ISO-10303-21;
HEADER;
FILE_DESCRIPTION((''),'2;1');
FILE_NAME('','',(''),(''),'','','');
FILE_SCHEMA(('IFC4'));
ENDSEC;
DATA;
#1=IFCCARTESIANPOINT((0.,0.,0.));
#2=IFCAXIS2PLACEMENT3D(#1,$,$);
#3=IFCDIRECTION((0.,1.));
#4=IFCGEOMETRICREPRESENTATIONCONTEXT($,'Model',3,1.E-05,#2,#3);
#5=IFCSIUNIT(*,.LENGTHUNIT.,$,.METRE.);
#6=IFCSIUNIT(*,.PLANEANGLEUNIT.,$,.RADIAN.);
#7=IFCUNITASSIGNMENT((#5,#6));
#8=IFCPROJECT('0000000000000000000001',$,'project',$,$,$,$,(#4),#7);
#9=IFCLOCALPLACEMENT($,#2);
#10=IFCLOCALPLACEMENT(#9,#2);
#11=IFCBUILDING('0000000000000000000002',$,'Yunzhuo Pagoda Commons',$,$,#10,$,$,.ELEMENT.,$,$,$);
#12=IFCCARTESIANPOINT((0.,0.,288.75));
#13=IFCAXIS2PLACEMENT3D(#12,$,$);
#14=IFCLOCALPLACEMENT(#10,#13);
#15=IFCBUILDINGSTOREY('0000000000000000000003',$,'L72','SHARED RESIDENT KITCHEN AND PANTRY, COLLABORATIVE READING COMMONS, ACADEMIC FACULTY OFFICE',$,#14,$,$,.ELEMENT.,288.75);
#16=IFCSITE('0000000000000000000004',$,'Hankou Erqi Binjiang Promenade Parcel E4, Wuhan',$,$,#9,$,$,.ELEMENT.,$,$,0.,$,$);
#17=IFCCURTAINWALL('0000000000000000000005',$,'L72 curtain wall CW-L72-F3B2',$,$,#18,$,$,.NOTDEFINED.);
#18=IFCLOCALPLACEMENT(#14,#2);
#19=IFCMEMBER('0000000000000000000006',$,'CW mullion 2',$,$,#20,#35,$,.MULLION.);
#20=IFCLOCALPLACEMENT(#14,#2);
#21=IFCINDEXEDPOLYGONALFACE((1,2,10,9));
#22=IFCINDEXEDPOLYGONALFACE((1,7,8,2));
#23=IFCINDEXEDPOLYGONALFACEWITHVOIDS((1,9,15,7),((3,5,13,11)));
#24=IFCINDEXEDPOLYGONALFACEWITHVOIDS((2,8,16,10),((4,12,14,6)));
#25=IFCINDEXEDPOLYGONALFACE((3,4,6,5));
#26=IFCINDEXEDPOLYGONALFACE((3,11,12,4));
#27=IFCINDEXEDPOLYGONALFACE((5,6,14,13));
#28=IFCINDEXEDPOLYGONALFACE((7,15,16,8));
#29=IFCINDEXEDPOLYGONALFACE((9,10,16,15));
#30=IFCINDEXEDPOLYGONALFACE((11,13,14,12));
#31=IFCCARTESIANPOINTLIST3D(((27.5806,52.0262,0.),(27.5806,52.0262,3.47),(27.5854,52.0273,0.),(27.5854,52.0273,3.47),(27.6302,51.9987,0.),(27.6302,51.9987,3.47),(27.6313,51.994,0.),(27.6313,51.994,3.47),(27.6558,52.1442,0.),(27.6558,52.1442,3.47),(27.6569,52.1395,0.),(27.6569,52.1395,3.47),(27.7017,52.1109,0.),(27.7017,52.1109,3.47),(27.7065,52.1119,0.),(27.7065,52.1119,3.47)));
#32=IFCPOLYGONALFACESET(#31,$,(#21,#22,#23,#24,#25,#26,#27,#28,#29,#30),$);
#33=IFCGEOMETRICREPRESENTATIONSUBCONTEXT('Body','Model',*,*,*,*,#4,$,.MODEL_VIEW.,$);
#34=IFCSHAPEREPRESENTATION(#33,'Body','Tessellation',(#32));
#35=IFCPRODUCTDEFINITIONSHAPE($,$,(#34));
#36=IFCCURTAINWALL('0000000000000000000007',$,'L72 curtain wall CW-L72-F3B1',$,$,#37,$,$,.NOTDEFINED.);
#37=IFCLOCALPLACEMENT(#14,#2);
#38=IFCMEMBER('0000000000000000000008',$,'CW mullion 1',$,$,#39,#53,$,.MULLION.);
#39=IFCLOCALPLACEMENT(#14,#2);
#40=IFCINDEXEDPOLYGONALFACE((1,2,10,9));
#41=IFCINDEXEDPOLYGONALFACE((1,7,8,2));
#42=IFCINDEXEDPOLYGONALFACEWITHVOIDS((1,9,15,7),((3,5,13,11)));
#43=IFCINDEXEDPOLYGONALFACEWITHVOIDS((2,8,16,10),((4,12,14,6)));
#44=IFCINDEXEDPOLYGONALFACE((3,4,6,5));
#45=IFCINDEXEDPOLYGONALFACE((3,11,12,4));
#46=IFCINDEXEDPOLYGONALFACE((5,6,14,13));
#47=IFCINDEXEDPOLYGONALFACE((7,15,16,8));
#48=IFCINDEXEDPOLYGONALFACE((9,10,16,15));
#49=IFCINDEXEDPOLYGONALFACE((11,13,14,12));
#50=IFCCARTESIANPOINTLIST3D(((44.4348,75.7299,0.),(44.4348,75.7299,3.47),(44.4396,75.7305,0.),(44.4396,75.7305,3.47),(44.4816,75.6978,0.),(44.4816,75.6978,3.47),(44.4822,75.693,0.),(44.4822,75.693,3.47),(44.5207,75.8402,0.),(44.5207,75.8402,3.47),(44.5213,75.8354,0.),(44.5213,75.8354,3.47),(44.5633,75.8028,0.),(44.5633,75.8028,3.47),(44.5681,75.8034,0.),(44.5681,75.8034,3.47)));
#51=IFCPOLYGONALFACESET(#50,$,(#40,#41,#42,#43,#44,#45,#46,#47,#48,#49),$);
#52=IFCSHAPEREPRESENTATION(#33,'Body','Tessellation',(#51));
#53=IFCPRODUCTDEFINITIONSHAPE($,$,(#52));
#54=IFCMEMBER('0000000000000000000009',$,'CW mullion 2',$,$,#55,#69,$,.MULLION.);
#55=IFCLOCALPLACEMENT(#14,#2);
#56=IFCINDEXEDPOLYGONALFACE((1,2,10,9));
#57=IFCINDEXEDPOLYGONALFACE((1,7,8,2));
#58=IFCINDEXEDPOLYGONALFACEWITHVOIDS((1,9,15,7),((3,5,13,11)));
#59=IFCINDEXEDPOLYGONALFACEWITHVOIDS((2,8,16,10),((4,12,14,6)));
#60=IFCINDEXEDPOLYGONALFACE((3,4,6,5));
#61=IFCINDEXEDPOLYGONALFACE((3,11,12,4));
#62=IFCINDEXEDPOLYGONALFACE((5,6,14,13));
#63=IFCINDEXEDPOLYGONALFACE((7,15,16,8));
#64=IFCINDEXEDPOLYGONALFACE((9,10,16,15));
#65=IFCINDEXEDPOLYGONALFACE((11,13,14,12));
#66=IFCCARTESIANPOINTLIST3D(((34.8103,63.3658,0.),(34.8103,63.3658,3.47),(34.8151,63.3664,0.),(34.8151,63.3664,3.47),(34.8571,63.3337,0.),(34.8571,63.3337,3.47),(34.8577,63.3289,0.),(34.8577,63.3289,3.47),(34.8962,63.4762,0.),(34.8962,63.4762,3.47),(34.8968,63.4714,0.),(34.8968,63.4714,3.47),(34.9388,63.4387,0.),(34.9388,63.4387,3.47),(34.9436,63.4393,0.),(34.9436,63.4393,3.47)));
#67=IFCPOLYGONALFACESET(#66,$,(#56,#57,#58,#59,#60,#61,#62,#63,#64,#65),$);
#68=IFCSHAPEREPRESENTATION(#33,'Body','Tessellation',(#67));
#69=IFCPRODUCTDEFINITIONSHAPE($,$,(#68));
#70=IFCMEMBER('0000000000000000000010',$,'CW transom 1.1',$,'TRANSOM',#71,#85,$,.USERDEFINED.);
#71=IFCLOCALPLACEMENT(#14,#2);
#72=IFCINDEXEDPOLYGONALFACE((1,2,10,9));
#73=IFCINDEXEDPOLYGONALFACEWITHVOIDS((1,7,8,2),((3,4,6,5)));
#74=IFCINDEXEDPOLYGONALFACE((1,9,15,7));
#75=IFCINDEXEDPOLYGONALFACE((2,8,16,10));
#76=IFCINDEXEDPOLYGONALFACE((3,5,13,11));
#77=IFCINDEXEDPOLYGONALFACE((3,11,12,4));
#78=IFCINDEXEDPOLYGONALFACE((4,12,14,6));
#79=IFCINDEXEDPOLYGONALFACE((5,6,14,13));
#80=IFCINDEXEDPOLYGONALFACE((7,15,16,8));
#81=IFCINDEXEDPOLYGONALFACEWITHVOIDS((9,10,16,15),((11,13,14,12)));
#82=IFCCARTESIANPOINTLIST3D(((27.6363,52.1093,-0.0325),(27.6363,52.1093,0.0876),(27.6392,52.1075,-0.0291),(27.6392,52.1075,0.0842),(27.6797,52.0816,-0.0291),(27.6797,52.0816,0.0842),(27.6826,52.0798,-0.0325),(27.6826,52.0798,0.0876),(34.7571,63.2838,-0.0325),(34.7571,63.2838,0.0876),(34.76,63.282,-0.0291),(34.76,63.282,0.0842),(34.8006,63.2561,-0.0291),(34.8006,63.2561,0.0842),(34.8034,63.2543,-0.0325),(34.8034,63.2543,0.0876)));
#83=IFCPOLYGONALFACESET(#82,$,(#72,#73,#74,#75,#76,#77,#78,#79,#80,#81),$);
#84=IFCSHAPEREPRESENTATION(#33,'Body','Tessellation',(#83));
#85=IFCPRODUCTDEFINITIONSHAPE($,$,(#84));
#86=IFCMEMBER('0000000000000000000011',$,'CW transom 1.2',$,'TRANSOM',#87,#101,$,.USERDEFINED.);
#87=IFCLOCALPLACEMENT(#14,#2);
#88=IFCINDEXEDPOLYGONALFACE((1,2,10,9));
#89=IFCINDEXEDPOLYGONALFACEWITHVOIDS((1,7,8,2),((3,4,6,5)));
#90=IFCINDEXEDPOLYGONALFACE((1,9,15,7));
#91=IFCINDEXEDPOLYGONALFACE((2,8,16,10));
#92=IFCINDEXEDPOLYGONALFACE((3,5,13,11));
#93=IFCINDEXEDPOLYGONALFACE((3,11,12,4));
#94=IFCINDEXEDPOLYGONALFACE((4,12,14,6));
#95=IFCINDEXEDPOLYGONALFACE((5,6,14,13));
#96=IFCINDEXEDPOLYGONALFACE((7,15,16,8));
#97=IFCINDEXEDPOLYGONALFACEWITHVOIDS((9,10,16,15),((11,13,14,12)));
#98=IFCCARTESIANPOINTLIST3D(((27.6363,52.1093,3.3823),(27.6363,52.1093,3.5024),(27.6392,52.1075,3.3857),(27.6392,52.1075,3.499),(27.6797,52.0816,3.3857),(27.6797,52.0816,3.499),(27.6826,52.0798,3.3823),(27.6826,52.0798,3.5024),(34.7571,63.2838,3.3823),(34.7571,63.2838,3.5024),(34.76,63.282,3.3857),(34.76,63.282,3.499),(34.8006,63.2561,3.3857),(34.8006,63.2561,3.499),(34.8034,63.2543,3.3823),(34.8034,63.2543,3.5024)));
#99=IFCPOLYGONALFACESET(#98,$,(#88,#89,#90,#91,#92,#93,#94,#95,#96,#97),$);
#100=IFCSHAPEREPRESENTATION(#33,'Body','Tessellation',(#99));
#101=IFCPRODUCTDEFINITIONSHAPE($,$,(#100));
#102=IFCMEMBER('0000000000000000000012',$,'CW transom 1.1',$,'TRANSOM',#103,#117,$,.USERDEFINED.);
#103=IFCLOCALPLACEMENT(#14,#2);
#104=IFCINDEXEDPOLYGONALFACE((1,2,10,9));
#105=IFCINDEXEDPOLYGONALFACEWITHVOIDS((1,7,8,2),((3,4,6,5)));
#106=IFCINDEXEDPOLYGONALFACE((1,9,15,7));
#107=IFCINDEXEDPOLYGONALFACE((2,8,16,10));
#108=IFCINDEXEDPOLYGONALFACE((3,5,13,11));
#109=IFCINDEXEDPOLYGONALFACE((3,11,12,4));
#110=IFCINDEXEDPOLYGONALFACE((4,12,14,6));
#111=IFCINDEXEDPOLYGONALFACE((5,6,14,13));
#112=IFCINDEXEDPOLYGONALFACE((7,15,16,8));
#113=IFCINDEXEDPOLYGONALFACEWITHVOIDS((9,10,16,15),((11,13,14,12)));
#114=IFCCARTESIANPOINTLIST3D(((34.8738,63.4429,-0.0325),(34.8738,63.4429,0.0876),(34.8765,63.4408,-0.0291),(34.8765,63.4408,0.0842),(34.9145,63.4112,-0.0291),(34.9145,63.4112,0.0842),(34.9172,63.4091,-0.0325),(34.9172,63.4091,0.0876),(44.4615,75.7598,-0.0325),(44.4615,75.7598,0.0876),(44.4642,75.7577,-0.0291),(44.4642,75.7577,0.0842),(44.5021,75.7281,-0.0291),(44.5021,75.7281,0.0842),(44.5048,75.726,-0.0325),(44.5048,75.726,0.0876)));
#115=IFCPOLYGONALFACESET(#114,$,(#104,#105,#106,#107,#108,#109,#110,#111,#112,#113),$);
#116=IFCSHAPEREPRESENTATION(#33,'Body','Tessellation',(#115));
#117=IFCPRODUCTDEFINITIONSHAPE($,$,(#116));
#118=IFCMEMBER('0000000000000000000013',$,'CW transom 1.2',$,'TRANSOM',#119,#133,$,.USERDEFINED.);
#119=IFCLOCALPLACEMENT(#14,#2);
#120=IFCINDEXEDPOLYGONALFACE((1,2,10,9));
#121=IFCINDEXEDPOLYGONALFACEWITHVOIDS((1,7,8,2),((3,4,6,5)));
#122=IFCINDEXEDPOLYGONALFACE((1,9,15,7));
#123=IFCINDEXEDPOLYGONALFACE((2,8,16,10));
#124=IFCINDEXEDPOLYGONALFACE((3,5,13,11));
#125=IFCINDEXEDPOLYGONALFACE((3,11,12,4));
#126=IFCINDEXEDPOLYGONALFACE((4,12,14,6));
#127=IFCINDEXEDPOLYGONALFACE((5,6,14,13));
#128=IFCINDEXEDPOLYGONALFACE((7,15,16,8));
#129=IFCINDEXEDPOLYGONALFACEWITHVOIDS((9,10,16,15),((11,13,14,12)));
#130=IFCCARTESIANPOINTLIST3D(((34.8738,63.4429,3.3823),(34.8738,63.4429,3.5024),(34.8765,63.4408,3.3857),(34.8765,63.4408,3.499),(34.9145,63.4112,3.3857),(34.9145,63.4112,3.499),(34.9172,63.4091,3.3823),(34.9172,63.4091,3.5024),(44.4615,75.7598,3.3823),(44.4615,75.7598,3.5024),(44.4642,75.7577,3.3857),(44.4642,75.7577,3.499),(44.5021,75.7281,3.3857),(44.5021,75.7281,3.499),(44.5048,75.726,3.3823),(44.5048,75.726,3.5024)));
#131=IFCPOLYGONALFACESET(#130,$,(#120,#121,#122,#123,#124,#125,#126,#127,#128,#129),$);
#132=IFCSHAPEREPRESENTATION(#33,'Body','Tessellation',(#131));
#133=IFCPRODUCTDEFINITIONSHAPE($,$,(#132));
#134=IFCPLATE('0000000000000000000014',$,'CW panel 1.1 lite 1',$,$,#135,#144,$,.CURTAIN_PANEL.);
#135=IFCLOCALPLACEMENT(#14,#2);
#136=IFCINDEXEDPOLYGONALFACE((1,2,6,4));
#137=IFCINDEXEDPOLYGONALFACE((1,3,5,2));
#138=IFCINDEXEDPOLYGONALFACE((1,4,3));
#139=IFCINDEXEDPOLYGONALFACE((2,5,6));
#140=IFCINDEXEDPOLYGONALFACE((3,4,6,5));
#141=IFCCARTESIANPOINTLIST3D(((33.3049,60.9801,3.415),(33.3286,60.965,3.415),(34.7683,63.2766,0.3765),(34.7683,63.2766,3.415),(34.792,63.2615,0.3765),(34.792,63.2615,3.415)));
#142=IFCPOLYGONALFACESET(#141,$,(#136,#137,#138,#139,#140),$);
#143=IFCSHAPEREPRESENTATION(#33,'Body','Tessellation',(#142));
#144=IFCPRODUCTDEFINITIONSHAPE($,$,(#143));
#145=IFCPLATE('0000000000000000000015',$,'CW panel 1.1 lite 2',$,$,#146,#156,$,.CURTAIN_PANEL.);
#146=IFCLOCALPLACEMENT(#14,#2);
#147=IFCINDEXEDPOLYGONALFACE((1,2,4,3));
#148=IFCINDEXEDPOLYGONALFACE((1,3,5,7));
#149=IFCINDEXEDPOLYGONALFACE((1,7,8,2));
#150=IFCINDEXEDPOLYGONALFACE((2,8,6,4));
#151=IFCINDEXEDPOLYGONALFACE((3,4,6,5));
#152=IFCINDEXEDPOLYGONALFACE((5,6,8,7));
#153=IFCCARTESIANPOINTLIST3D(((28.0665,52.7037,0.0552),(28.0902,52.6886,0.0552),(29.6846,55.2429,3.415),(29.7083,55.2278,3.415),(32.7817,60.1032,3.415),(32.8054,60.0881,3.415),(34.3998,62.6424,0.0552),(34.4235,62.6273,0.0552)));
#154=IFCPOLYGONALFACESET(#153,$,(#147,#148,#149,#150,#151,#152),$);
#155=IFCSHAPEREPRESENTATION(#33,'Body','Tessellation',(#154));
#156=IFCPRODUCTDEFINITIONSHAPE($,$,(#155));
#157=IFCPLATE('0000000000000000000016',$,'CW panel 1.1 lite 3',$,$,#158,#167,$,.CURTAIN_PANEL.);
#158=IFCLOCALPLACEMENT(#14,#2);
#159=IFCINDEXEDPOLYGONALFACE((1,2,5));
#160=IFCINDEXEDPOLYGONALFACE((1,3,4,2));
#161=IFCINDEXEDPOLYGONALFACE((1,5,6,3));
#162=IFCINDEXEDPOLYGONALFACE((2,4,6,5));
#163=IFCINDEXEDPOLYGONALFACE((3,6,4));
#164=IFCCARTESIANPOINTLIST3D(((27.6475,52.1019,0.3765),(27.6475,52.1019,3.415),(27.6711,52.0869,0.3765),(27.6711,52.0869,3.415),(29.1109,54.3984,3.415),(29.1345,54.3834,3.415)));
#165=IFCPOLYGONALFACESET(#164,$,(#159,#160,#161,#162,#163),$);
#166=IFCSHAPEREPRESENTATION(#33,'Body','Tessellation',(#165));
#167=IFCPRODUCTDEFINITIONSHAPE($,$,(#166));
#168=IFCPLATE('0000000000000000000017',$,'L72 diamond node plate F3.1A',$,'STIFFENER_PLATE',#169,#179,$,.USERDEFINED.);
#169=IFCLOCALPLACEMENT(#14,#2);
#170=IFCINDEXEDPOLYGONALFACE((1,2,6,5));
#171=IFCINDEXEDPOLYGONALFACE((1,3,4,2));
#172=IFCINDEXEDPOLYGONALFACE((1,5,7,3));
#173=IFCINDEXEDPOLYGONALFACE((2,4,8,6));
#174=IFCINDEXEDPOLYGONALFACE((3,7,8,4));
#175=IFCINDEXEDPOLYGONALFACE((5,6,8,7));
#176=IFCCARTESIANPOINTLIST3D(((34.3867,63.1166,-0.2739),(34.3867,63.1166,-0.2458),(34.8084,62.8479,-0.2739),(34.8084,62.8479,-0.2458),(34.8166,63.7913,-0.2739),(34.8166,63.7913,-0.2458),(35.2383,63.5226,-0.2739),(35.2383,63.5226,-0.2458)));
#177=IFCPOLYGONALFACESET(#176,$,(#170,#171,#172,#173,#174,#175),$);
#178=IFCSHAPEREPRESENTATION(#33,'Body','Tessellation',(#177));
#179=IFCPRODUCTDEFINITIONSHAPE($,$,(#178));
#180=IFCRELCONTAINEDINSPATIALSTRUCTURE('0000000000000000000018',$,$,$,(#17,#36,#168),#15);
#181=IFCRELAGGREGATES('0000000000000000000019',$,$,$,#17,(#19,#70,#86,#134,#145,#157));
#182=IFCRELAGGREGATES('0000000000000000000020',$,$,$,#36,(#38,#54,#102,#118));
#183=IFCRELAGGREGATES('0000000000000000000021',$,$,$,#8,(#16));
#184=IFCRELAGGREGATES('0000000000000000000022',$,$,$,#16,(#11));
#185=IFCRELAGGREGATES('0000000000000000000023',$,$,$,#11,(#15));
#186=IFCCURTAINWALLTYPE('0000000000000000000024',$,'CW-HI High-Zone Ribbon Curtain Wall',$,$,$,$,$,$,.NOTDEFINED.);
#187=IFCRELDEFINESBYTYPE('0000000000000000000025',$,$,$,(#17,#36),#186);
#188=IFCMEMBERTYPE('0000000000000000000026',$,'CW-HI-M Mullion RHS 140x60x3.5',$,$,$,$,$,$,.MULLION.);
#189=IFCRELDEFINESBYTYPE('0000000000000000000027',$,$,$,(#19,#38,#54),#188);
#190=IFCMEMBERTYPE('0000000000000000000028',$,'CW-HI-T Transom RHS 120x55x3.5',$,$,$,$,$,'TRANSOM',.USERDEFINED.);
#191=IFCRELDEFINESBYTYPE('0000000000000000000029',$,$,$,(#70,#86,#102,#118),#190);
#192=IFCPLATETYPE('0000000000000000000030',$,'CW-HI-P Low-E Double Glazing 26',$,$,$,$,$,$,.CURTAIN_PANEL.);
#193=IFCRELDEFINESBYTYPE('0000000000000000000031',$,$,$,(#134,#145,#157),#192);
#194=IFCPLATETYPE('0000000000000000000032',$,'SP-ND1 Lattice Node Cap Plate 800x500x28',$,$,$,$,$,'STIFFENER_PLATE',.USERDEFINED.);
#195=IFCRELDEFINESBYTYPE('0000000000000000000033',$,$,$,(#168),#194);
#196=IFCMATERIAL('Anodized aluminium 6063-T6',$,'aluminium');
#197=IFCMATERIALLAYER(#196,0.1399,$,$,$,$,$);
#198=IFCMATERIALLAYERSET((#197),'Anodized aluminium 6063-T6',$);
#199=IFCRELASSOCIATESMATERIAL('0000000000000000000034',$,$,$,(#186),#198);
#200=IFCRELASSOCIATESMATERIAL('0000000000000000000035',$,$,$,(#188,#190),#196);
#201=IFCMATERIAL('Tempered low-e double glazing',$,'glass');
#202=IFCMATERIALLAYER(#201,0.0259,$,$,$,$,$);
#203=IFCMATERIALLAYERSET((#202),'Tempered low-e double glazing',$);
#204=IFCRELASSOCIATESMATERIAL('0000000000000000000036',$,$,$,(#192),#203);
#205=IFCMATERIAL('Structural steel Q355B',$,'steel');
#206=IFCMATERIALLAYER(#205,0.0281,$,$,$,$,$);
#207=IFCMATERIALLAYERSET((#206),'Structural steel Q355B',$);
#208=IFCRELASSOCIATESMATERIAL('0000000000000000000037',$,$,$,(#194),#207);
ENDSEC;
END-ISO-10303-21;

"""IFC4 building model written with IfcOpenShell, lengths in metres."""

from ifc_helpers import new_model, si_unit, direction, frame, origin, origin_2d, place, context, subcontext, project, spatial, polyline, rectangle, hollow_rectangle, outline, extrude, source, transform, mapped, material, layer, layer_set, material_profile, profile_set, type_object, element, aggregate, save


model = new_model("IFC4")

# Units and contexts
model_context = context("Model", 3, precision=1e-05, world=origin(), true_north=direction((0.0, 1.0)))
body_context = subcontext(model_context, "Body", "Model", "MODEL_VIEW")
ifc_project = project(units=[si_unit("LENGTHUNIT", "METRE"), si_unit("PLANEANGLEUNIT", "RADIAN")], contexts=[model_context])

# Site, building, storey
site_placement = place(None, origin())
site = spatial("IfcSite", under=ifc_project, at=site_placement, Name="Hankou Erqi Binjiang Promenade Parcel E4, Wuhan", CompositionType="ELEMENT", RefElevation=0.0)
building_placement = place(site_placement, origin())
building = spatial("IfcBuilding", under=site, at=building_placement, Name="Yunzhuo Pagoda Commons", CompositionType="ELEMENT")
storey_placement = place(building_placement, frame((0.0, 0.0, 288.75)))
storey = spatial("IfcBuildingStorey", under=building, at=storey_placement, Name="L72", Description="SHARED RESIDENT KITCHEN AND PANTRY, COLLABORATIVE READING COMMONS, ACADEMIC FACULTY OFFICE", CompositionType="ELEMENT", Elevation=288.75)

# Shared definitions
ifc_material_1 = material(Name="Structural steel Q355B", Category="steel")

# Curtain walls, members
ifc_material_2 = material(Name="Anodized aluminium 6063-T6", Category="aluminium")
ifc_layer_1 = layer(ifc_material_2, 0.1399)
ifc_layer_set_1 = layer_set([ifc_layer_1], Name="Anodized aluminium 6063-T6")
curtain_wall_type = type_object("IfcCurtainWallType", Name="CW-HI High-Zone Ribbon Curtain Wall", PredefinedType="NOTDEFINED", material=ifc_layer_set_1)
curtain_wall_1_placement = place(storey_placement, origin())
curtain_wall_1 = element("IfcCurtainWall", 1, at=curtain_wall_1_placement, inside=storey, type_object=curtain_wall_type, Name="L72 curtain wall CW-L72-F3B2", PredefinedType="NOTDEFINED")
ifc_material_profile_1 = material_profile(ifc_material_2, hollow_rectangle(XDim=0.0601, YDim=0.1399, WallThickness=0.0034, at=origin_2d()), Name="Anodized aluminium 6063-T6")
ifc_profile_set_1 = profile_set([ifc_material_profile_1], Name="Anodized aluminium 6063-T6")
member_type_1 = type_object("IfcMemberType", Name="CW-HI-M Mullion RHS 140x60x3.5", PredefinedType="MULLION", material=ifc_profile_set_1)
shared_shape_1 = source(origin(), body_context, "Body", "SweptSolid", [
    extrude(hollow_rectangle(XDim=0.0601, YDim=0.1399, WallThickness=0.0034, at=origin_2d()), origin(), (0.0, 0.0, 1.0), 3.47),
])
member_1_placement = place(storey_placement, frame((27.6436, 52.0691, 0.0), z_axis=(0.0, 0.0, 1.0), x_axis=(0.84333, -0.537397, 0.0)))
member_1 = element("IfcMember", 2, at=member_1_placement, type_object=member_type_1, Name="CW mullion 2", PredefinedType="MULLION", context=body_context, shape_type="MappedRepresentation", body=[
    mapped(shared_shape_1, transform((0.0, 0.0, 0.0), scale=1.0)),
])
curtain_wall_2_placement = place(storey_placement, origin())
curtain_wall_2 = element("IfcCurtainWall", 3, at=curtain_wall_2_placement, inside=storey, type_object=curtain_wall_type, Name="L72 curtain wall CW-L72-F3B1", PredefinedType="NOTDEFINED")
member_2_placement = place(storey_placement, frame((44.5015, 75.7666, 0.0), z_axis=(0.0, 0.0, 1.0), x_axis=(0.789103, -0.614261, 0.0)))
member_2 = element("IfcMember", 4, at=member_2_placement, type_object=member_type_1, Name="CW mullion 1", PredefinedType="MULLION", context=body_context, shape_type="MappedRepresentation", body=[
    mapped(shared_shape_1, transform((0.0, 0.0, 0.0), scale=1.0)),
])
member_3_placement = place(storey_placement, frame((34.877, 63.4026, 0.0), z_axis=(0.0, 0.0, 1.0), x_axis=(0.789103, -0.614261, 0.0)))
member_3 = element("IfcMember", 5, at=member_3_placement, type_object=member_type_1, Name="CW mullion 2", PredefinedType="MULLION", context=body_context, shape_type="MappedRepresentation", body=[
    mapped(shared_shape_1, transform((0.0, 0.0, 0.0), scale=1.0)),
])

# Members
ifc_material_profile_2 = material_profile(ifc_material_2, hollow_rectangle(XDim=0.0549, YDim=0.1201, WallThickness=0.0034, at=origin_2d()), Name="Anodized aluminium 6063-T6")
ifc_profile_set_2 = profile_set([ifc_material_profile_2], Name="Anodized aluminium 6063-T6")
member_type_2 = type_object("IfcMemberType", Name="CW-HI-T Transom RHS 120x55x3.5", ElementType="TRANSOM", PredefinedType="USERDEFINED", material=ifc_profile_set_2)
shared_shape_2 = source(origin(), body_context, "Body", "SweptSolid", [
    extrude(hollow_rectangle(XDim=0.0549, YDim=0.1201, WallThickness=0.0034, at=origin_2d()), origin(), (0.0, 0.0, 1.0), 13.2505),
])
member_4_placement = place(storey_placement, frame((34.7803, 63.269, 0.0276), z_axis=(-0.5374, -0.843328, 0.0), x_axis=(0.843328, -0.5374, 0.0)))
member_4 = element("IfcMember", 6, at=member_4_placement, type_object=member_type_2, Name="CW transom 1.1", ObjectType="TRANSOM", PredefinedType="USERDEFINED", context=body_context, shape_type="MappedRepresentation", body=[
    mapped(shared_shape_2, transform((0.0, 0.0, 0.0), scale=1.0)),
])
member_5_placement = place(storey_placement, frame((34.7803, 63.269, 3.4424), z_axis=(-0.5374, -0.843328, 0.0), x_axis=(0.843328, -0.5374, 0.0)))
member_5 = element("IfcMember", 7, at=member_5_placement, type_object=member_type_2, Name="CW transom 1.2", ObjectType="TRANSOM", PredefinedType="USERDEFINED", context=body_context, shape_type="MappedRepresentation", body=[
    mapped(shared_shape_2, transform((0.0, 0.0, 0.0), scale=1.0)),
])
shared_shape_3 = source(origin(), body_context, "Body", "SweptSolid", [
    extrude(hollow_rectangle(XDim=0.0549, YDim=0.1201, WallThickness=0.0034, at=origin_2d()), origin(), (0.0, 0.0, 1.0), 15.6086),
])
member_6_placement = place(storey_placement, frame((44.4832, 75.7429, 0.0276), z_axis=(-0.614254, -0.789109, 0.0), x_axis=(0.789109, -0.614254, 0.0)))
member_6 = element("IfcMember", 8, at=member_6_placement, type_object=member_type_2, Name="CW transom 1.1", ObjectType="TRANSOM", PredefinedType="USERDEFINED", context=body_context, shape_type="MappedRepresentation", body=[
    mapped(shared_shape_3, transform((0.0, 0.0, 0.0), scale=1.0)),
])
member_7_placement = place(storey_placement, frame((44.4832, 75.7429, 3.4424), z_axis=(-0.614254, -0.789109, 0.0), x_axis=(0.789109, -0.614254, 0.0)))
member_7 = element("IfcMember", 9, at=member_7_placement, type_object=member_type_2, Name="CW transom 1.2", ObjectType="TRANSOM", PredefinedType="USERDEFINED", context=body_context, shape_type="MappedRepresentation", body=[
    mapped(shared_shape_3, transform((0.0, 0.0, 0.0), scale=1.0)),
])

# Plates
ifc_material_3 = material(Name="Tempered low-e double glazing", Category="glass")
ifc_layer_2 = layer(ifc_material_3, 0.0259)
ifc_layer_set_2 = layer_set([ifc_layer_2], Name="Tempered low-e double glazing")
plate_type_1 = type_object("IfcPlateType", Name="CW-HI-P Low-E Double Glazing 26", PredefinedType="CURTAIN_PANEL", material=ifc_layer_set_2)
plate_1_placement = place(storey_placement, frame((34.0603, 62.1133, 1.8958), z_axis=(-0.84333, 0.537397, 0.0), x_axis=(-0.537397, -0.84333, 0.0)))
plate_1 = element("IfcPlate", 10, at=plate_1_placement, type_object=plate_type_1, Name="CW panel 1.1 lite 1", PredefinedType="CURTAIN_PANEL", context=body_context, shape_type="SweptSolid", body=[
    extrude(outline(polyline([(-1.3616, -1.5193), (1.3616, 1.5193), (-1.3616, 1.5193), (-1.3616, -1.5193)])), origin(), (0.0, 0.0, 1.0), 0.0281),
])
plate_2_placement = place(storey_placement, frame((31.2568, 57.658, 1.7351), z_axis=(-0.84333, 0.537397, 0.0), x_axis=(-0.537397, -0.84333, 0.0)))
plate_2 = element("IfcPlate", 11, at=plate_2_placement, type_object=plate_type_1, Name="CW panel 1.1 lite 2", PredefinedType="CURTAIN_PANEL", context=body_context, shape_type="SweptSolid", body=[
    extrude(outline(polyline([(-5.8926, -1.6799), (5.8926, -1.6799), (2.8816, 1.6799), (-2.8816, 1.6799), (-5.8926, -1.6799)])), origin(), (0.0, 0.0, 1.0), 0.0281),
])
plate_3_placement = place(storey_placement, frame((28.4028, 53.2351, 1.8958), z_axis=(-0.84333, 0.537397, 0.0), x_axis=(-0.537397, -0.84333, 0.0)))
plate_3 = element("IfcPlate", 12, at=plate_3_placement, type_object=plate_type_1, Name="CW panel 1.1 lite 3", PredefinedType="CURTAIN_PANEL", context=body_context, shape_type="SweptSolid", body=[
    extrude(outline(polyline([(-1.3616, 1.5193), (1.3616, -1.5193), (1.3616, 1.5193), (-1.3616, 1.5193)])), origin(), (0.0, 0.0, 1.0), 0.0281),
])
aggregate(curtain_wall_1, [member_1, member_4, member_5, plate_1, plate_2, plate_3])

# Plate
ifc_layer_3 = layer(ifc_material_1, 0.0281)
ifc_layer_set_3 = layer_set([ifc_layer_3], Name="Structural steel Q355B")
plate_type_2 = type_object("IfcPlateType", Name="SP-ND1 Lattice Node Cap Plate 800x500x28", ElementType="STIFFENER_PLATE", PredefinedType="USERDEFINED", material=ifc_layer_set_3)
shared_shape_4 = source(origin(), body_context, "Body", "SweptSolid", [
    extrude(rectangle(XDim=0.8, YDim=0.5, at=origin_2d()), origin(), (0.0, 0.0, 1.0), 0.0281),
])
for number, where, z_axis, x_axis, name in (
    (13, (34.8125, 63.3196, -0.2739), (0.0, 0.0, 1.0), (-0.537403, -0.843326, 0.0), "L72 diamond node plate F3.1A"),
):
    element("IfcPlate", number, at=place(storey_placement, frame(where, z_axis=z_axis, x_axis=x_axis)), inside=storey, type_object=plate_type_2, Name=name, ObjectType="STIFFENER_PLATE", PredefinedType="USERDEFINED", context=body_context, shape_type="MappedRepresentation", body=[
        mapped(shared_shape_4, transform((0.0, 0.0, 0.0), scale=1.0)),
    ])

aggregate(curtain_wall_2, [member_2, member_3, member_6, member_7])

save(model, "model.ifc")
